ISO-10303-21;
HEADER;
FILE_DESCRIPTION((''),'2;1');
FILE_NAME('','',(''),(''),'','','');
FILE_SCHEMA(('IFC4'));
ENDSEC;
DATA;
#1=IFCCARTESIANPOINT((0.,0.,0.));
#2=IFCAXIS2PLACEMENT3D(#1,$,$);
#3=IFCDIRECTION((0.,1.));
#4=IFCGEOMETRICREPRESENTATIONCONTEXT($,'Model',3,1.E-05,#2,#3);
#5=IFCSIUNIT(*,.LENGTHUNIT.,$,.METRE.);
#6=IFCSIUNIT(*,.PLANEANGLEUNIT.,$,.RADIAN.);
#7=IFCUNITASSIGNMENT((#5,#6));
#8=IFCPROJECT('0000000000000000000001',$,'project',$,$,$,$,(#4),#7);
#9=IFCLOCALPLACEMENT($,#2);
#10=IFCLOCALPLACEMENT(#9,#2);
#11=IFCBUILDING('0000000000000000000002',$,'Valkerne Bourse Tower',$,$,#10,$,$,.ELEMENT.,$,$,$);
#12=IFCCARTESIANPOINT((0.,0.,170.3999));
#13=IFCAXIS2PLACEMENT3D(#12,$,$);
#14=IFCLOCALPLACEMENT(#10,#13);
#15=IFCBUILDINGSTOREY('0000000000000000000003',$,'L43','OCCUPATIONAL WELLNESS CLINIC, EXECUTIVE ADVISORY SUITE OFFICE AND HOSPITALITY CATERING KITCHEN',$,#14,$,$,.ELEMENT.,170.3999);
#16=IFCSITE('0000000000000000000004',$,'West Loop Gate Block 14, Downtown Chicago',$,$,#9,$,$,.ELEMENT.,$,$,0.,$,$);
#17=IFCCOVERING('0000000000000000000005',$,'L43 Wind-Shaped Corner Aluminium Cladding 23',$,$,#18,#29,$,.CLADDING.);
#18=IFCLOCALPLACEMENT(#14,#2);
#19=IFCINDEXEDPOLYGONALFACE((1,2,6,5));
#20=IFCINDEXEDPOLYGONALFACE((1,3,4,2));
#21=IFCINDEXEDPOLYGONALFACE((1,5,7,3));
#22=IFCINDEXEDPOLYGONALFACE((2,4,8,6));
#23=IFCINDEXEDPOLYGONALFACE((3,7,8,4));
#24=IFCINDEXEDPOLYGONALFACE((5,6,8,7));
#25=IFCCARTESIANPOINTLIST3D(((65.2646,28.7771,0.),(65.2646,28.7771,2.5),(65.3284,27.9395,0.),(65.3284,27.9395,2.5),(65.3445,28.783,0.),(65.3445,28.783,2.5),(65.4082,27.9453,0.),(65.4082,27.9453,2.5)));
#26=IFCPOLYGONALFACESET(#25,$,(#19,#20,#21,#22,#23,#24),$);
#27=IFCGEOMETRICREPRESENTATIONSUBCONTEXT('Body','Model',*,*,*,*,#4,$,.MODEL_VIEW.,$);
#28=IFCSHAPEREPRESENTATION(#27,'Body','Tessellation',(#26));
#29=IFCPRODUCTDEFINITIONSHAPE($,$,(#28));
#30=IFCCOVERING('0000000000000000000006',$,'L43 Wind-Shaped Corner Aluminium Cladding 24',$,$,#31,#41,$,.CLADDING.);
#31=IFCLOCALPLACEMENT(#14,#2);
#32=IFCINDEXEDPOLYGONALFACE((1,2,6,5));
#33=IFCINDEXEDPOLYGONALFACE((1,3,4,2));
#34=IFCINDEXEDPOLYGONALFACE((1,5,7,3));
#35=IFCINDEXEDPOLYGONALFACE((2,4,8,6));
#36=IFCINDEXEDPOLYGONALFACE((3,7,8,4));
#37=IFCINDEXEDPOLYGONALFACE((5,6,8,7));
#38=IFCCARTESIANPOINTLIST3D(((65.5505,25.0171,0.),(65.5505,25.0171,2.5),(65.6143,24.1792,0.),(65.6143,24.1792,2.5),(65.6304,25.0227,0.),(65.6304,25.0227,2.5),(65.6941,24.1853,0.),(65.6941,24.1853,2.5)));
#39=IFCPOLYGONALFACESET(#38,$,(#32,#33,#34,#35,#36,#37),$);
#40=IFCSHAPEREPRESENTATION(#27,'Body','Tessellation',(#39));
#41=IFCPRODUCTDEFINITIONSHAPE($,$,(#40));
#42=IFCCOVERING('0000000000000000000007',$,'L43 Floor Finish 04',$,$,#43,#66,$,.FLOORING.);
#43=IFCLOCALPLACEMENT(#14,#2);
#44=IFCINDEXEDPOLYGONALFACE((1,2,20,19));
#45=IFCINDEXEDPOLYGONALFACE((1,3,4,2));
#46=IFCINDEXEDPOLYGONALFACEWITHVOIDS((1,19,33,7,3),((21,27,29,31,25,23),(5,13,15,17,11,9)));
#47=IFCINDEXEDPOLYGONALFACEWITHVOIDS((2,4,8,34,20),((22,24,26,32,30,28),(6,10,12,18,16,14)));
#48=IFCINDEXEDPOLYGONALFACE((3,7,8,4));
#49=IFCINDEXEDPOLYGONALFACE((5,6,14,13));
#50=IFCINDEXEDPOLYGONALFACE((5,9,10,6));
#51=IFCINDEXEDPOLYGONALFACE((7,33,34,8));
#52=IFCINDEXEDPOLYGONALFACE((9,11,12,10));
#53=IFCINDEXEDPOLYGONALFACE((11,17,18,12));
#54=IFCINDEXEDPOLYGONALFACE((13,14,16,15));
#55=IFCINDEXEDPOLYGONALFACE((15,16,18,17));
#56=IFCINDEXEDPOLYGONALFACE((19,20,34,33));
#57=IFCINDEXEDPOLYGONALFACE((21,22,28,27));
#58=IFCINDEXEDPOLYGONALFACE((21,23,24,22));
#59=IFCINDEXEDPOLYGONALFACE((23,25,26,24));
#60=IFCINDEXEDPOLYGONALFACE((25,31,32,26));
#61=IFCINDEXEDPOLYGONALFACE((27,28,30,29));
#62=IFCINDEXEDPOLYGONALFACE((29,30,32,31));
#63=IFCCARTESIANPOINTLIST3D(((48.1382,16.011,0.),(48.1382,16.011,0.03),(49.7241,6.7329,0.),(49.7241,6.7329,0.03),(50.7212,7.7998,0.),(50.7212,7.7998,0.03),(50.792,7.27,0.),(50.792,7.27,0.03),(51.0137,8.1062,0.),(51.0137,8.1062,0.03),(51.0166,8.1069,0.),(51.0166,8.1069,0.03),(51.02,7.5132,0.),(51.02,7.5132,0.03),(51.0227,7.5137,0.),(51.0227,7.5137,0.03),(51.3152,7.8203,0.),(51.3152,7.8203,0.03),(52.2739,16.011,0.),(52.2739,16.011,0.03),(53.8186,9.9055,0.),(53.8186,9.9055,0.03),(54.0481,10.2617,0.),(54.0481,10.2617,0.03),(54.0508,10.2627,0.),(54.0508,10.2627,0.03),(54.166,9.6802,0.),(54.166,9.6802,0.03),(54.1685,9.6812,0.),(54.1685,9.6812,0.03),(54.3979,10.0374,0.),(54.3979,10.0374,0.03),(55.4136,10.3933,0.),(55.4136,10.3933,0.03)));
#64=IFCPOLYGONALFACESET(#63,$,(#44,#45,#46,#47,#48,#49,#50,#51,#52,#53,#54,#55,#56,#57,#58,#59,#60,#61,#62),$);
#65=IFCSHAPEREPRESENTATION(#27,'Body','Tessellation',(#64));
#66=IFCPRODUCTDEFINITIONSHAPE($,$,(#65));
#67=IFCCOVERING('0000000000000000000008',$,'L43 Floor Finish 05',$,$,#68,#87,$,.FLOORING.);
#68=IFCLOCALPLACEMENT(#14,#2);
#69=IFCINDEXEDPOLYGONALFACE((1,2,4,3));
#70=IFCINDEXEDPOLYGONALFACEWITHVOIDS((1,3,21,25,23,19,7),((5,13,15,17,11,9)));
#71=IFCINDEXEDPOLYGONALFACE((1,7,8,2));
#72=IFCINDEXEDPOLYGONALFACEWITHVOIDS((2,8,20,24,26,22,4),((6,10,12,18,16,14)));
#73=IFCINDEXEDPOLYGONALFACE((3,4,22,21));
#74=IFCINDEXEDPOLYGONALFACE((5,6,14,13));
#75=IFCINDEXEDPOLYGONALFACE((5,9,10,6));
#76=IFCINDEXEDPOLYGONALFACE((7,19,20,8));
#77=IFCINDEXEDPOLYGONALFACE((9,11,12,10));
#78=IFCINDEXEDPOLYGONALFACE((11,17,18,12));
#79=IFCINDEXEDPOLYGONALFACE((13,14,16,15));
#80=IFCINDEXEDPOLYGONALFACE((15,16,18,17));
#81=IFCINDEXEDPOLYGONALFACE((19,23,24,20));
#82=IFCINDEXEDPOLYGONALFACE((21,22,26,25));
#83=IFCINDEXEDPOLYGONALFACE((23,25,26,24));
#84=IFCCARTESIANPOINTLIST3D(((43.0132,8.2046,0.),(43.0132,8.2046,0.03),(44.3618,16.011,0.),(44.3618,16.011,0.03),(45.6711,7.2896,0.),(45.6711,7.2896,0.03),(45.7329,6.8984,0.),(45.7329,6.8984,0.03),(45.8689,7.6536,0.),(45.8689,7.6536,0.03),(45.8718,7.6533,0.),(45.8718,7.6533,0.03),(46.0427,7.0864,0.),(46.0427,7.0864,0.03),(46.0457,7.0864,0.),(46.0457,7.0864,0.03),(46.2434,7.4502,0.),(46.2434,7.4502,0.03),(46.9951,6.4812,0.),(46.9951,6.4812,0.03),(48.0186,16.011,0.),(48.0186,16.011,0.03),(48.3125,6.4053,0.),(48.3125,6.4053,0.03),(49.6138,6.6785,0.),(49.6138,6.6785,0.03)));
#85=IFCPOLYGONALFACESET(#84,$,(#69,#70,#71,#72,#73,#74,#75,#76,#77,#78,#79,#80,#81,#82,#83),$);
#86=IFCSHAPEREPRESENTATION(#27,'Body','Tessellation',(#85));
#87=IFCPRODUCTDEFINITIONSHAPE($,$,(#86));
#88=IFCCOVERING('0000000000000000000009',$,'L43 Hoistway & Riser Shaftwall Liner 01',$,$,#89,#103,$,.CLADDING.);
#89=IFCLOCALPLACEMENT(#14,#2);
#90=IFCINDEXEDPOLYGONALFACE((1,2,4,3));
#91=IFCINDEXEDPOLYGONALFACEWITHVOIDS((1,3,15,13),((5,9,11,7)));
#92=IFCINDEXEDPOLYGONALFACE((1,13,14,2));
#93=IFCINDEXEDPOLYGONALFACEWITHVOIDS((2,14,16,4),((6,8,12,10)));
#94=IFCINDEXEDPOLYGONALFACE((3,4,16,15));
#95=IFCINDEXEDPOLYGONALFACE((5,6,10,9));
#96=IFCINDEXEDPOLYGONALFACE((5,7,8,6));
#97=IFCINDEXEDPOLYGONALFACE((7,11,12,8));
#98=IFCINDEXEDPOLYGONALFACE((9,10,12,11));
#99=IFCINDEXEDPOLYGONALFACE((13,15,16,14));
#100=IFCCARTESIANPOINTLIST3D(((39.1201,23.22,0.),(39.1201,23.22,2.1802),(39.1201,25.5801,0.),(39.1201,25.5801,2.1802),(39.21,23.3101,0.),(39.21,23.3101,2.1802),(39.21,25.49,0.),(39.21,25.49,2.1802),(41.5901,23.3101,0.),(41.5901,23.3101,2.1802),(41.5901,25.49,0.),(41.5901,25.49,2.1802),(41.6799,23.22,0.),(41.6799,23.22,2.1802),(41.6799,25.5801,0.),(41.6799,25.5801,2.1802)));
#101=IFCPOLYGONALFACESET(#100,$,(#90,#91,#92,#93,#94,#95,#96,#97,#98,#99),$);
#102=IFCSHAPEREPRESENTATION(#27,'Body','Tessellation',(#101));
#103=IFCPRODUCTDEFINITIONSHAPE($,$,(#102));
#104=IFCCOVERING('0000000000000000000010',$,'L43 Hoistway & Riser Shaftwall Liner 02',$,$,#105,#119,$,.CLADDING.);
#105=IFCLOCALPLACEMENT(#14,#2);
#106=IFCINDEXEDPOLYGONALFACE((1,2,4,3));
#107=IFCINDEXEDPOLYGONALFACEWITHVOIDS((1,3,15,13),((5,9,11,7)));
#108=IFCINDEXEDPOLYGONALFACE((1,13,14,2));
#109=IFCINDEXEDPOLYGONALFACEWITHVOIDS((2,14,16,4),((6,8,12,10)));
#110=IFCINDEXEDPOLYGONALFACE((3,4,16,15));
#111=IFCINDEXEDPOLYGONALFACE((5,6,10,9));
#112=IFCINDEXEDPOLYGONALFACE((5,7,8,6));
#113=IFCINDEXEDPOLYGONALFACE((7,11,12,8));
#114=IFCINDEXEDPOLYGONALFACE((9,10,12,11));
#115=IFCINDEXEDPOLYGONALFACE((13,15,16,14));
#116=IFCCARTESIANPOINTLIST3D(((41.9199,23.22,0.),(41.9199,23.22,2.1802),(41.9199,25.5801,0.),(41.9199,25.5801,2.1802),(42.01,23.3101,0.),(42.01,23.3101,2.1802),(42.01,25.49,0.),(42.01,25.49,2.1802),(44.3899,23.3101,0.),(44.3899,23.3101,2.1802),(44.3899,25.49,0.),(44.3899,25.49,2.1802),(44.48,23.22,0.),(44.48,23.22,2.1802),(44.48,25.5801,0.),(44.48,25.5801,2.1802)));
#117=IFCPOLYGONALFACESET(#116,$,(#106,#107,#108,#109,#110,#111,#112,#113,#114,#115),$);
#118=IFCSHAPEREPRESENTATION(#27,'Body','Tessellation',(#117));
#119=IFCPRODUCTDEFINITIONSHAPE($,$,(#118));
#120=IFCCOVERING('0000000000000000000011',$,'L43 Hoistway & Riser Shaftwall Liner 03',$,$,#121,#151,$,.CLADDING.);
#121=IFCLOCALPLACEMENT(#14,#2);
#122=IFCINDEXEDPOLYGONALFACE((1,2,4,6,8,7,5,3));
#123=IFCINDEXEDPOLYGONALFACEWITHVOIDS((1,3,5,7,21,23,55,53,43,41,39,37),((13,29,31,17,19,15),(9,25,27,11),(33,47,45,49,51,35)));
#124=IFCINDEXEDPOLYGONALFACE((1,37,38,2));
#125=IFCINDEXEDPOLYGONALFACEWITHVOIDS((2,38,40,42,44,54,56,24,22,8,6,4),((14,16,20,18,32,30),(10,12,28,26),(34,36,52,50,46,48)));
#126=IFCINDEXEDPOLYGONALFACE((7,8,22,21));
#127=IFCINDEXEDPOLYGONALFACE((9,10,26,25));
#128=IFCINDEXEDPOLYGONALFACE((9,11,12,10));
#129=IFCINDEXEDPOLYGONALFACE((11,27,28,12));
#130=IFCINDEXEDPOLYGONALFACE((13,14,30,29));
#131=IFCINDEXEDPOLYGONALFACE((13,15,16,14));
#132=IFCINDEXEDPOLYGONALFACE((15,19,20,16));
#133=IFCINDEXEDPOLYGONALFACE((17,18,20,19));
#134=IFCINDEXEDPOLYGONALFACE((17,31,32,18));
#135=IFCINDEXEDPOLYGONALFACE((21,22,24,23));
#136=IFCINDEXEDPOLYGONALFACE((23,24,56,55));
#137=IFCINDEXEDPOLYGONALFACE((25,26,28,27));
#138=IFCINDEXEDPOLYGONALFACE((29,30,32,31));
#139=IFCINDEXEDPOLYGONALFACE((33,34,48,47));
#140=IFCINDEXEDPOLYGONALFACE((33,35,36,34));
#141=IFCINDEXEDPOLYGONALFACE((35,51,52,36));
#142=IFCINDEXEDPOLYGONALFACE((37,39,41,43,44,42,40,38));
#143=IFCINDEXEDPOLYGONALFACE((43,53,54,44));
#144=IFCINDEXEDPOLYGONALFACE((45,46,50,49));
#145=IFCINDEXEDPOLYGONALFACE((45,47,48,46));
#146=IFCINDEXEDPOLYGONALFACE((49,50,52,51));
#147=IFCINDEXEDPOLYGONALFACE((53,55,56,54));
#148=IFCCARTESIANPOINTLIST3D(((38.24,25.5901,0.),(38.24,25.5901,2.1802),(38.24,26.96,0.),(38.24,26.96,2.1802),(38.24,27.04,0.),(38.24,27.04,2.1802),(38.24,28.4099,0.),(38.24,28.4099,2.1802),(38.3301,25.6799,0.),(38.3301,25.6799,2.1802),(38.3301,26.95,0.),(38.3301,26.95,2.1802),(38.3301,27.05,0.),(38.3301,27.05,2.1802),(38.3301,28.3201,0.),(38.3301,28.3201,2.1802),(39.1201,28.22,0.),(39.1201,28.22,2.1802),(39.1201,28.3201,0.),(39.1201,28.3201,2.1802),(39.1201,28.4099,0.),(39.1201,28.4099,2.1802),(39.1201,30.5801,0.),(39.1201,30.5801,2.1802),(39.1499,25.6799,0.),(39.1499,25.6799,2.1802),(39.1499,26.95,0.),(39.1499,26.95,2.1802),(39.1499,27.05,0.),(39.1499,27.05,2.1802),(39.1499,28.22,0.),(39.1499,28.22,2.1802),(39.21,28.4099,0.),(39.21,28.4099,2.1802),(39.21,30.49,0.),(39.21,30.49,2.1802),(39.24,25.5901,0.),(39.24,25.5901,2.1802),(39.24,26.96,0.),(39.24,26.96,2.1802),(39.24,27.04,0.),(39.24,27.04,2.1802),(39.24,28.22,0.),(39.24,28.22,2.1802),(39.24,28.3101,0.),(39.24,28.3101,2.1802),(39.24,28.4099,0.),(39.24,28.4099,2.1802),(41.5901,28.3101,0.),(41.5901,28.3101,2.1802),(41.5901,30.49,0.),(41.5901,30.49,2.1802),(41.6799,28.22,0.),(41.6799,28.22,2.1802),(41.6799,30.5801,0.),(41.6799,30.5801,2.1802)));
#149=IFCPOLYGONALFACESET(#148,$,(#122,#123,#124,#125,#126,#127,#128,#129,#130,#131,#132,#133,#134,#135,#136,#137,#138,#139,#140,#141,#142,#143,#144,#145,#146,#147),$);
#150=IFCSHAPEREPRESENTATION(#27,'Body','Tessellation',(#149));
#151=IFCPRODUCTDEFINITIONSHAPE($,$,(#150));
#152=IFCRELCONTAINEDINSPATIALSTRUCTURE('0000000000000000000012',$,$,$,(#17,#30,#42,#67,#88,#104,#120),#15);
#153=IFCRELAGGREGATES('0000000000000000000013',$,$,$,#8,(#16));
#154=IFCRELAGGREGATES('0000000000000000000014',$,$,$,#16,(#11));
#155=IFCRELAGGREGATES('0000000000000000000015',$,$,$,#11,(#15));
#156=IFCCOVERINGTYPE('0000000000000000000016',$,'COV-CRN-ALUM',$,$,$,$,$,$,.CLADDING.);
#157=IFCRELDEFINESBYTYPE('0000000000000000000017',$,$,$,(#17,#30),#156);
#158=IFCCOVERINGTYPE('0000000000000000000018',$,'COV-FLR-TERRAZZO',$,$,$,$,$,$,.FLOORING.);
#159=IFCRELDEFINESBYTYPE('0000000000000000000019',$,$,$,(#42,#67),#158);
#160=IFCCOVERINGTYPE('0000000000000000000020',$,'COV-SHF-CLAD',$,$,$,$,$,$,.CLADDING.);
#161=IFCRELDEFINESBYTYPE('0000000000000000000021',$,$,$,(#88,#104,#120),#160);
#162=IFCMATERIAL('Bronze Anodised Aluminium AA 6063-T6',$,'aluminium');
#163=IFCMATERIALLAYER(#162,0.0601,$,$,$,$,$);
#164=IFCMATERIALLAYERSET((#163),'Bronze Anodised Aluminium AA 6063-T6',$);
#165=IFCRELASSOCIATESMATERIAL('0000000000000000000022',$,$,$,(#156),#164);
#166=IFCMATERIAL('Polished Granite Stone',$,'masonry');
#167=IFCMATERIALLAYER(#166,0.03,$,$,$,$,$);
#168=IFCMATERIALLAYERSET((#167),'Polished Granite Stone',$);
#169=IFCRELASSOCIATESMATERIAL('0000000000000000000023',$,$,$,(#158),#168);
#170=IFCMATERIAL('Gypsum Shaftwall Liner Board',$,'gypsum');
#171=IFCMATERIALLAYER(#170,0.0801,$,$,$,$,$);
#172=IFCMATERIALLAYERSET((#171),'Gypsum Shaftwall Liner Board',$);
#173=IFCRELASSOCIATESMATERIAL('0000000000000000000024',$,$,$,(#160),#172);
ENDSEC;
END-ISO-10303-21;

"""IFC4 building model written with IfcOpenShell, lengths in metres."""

from ifc_helpers import new_model, si_unit, direction, frame, origin, place, context, subcontext, project, spatial, polyline, outline, extrude, material, layer, layer_set, type_object, element, save


model = new_model("IFC4")

# Units and contexts
model_context = context("Model", 3, precision=1e-05, world=origin(), true_north=direction((0.0, 1.0)))
body_context = subcontext(model_context, "Body", "Model", "MODEL_VIEW")
ifc_project = project(units=[si_unit("LENGTHUNIT", "METRE"), si_unit("PLANEANGLEUNIT", "RADIAN")], contexts=[model_context])

# Site, building, storey
site_placement = place(None, origin())
site = spatial("IfcSite", under=ifc_project, at=site_placement, Name="West Loop Gate Block 14, Downtown Chicago", CompositionType="ELEMENT", RefElevation=0.0)
building_placement = place(site_placement, origin())
building = spatial("IfcBuilding", under=site, at=building_placement, Name="Valkerne Bourse Tower", CompositionType="ELEMENT")
storey_placement = place(building_placement, frame((0.0, 0.0, 170.3999)))
storey = spatial("IfcBuildingStorey", under=building, at=storey_placement, Name="L43", Description="OCCUPATIONAL WELLNESS CLINIC, EXECUTIVE ADVISORY SUITE OFFICE AND HOSPITALITY CATERING KITCHEN", CompositionType="ELEMENT", Elevation=170.3999)

# Coverings
ifc_material_1 = material(Name="Bronze Anodised Aluminium AA 6063-T6", Category="aluminium")
ifc_layer_1 = layer(ifc_material_1, 0.0601)
ifc_layer_set_1 = layer_set([ifc_layer_1], Name="Bronze Anodised Aluminium AA 6063-T6")
covering_type_1 = type_object("IfcCoveringType", Name="COV-CRN-ALUM", PredefinedType="CLADDING", material=ifc_layer_set_1)
covering_1_placement = place(storey_placement, origin())
element("IfcCovering", 1, at=covering_1_placement, inside=storey, type_object=covering_type_1, Name="L43 Wind-Shaped Corner Aluminium Cladding 23", PredefinedType="CLADDING", context=body_context, shape_type="SweptSolid", body=[
    extrude(outline(polyline([(65.4082, 27.9453), (65.3284, 27.9395), (65.2646, 28.7771), (65.3445, 28.783), (65.4082, 27.9453)])), origin(), (0.0, 0.0, 1.0), 2.5),
])
covering_2_placement = place(storey_placement, origin())
element("IfcCovering", 2, at=covering_2_placement, inside=storey, type_object=covering_type_1, Name="L43 Wind-Shaped Corner Aluminium Cladding 24", PredefinedType="CLADDING", context=body_context, shape_type="SweptSolid", body=[
    extrude(outline(polyline([(65.6941, 24.1853), (65.6143, 24.1792), (65.5505, 25.0171), (65.6304, 25.0227), (65.6941, 24.1853)])), origin(), (0.0, 0.0, 1.0), 2.5),
])
ifc_material_2 = material(Name="Polished Granite Stone", Category="masonry")
ifc_layer_2 = layer(ifc_material_2, 0.03)
ifc_layer_set_2 = layer_set([ifc_layer_2], Name="Polished Granite Stone")
covering_type_2 = type_object("IfcCoveringType", Name="COV-FLR-TERRAZZO", PredefinedType="FLOORING", material=ifc_layer_set_2)
covering_3_placement = place(storey_placement, origin())
element("IfcCovering", 3, at=covering_3_placement, inside=storey, type_object=covering_type_2, Name="L43 Floor Finish 04", PredefinedType="FLOORING", context=body_context, shape_type="SweptSolid", body=[
    extrude(outline(polyline([(48.1382, 16.011), (52.2739, 16.011), (55.4136, 10.3933), (50.792, 7.27), (49.7241, 6.7329), (48.1382, 16.011)]), holes=[polyline([(51.3152, 7.8203), (51.0166, 8.1069), (51.0137, 8.1062), (50.7212, 7.7998), (51.02, 7.5132), (51.0227, 7.5137), (51.3152, 7.8203)]), polyline([(54.3979, 10.0374), (54.0508, 10.2627), (54.0481, 10.2617), (53.8186, 9.9055), (54.166, 9.6802), (54.1685, 9.6812), (54.3979, 10.0374)])]), origin(), (0.0, 0.0, 1.0), 0.03),
])
covering_4_placement = place(storey_placement, origin())
element("IfcCovering", 4, at=covering_4_placement, inside=storey, type_object=covering_type_2, Name="L43 Floor Finish 05", PredefinedType="FLOORING", context=body_context, shape_type="SweptSolid", body=[
    extrude(outline(polyline([(46.9951, 6.4812), (45.7329, 6.8984), (43.0132, 8.2046), (44.3618, 16.011), (48.0186, 16.011), (49.6138, 6.6785), (48.3125, 6.4053), (46.9951, 6.4812)]), holes=[polyline([(46.2434, 7.4502), (45.8718, 7.6533), (45.8689, 7.6536), (45.6711, 7.2896), (46.0427, 7.0864), (46.0457, 7.0864), (46.2434, 7.4502)])]), origin(), (0.0, 0.0, 1.0), 0.03),
])
ifc_material_3 = material(Name="Gypsum Shaftwall Liner Board", Category="gypsum")
ifc_layer_3 = layer(ifc_material_3, 0.0801)
ifc_layer_set_3 = layer_set([ifc_layer_3], Name="Gypsum Shaftwall Liner Board")
covering_type_3 = type_object("IfcCoveringType", Name="COV-SHF-CLAD", PredefinedType="CLADDING", material=ifc_layer_set_3)
covering_5_placement = place(storey_placement, origin())
element("IfcCovering", 5, at=covering_5_placement, inside=storey, type_object=covering_type_3, Name="L43 Hoistway & Riser Shaftwall Liner 01", PredefinedType="CLADDING", context=body_context, shape_type="SweptSolid", body=[
    extrude(outline(polyline([(41.6799, 25.5801), (41.6799, 23.22), (39.1201, 23.22), (39.1201, 25.5801), (41.6799, 25.5801)]), holes=[polyline([(41.5901, 25.49), (39.21, 25.49), (39.21, 23.3101), (41.5901, 23.3101), (41.5901, 25.49)])]), origin(), (0.0, 0.0, 1.0), 2.1802),
])
covering_6_placement = place(storey_placement, origin())
element("IfcCovering", 6, at=covering_6_placement, inside=storey, type_object=covering_type_3, Name="L43 Hoistway & Riser Shaftwall Liner 02", PredefinedType="CLADDING", context=body_context, shape_type="SweptSolid", body=[
    extrude(outline(polyline([(44.48, 23.22), (41.9199, 23.22), (41.9199, 25.5801), (44.48, 25.5801), (44.48, 23.22)]), holes=[polyline([(42.01, 25.49), (42.01, 23.3101), (44.3899, 23.3101), (44.3899, 25.49), (42.01, 25.49)])]), origin(), (0.0, 0.0, 1.0), 2.1802),
])
covering_7_placement = place(storey_placement, origin())
element("IfcCovering", 7, at=covering_7_placement, inside=storey, type_object=covering_type_3, Name="L43 Hoistway & Riser Shaftwall Liner 03", PredefinedType="CLADDING", context=body_context, shape_type="SweptSolid", body=[
    extrude(outline(polyline([(38.24, 28.4099), (39.1201, 28.4099), (39.1201, 30.5801), (41.6799, 30.5801), (41.6799, 28.22), (39.24, 28.22), (39.24, 27.04), (39.24, 26.96), (39.24, 25.5901), (38.24, 25.5901), (38.24, 26.96), (38.24, 27.04), (38.24, 28.4099)]), holes=[polyline([(38.3301, 26.95), (38.3301, 25.6799), (39.1499, 25.6799), (39.1499, 26.95), (38.3301, 26.95)]), polyline([(39.21, 30.49), (39.21, 28.4099), (39.24, 28.4099), (39.24, 28.3101), (41.5901, 28.3101), (41.5901, 30.49), (39.21, 30.49)]), polyline([(38.3301, 27.05), (39.1499, 27.05), (39.1499, 28.22), (39.1201, 28.22), (39.1201, 28.3201), (38.3301, 28.3201), (38.3301, 27.05)])]), origin(), (0.0, 0.0, 1.0), 2.1802),
])

save(model, "model.ifc")
